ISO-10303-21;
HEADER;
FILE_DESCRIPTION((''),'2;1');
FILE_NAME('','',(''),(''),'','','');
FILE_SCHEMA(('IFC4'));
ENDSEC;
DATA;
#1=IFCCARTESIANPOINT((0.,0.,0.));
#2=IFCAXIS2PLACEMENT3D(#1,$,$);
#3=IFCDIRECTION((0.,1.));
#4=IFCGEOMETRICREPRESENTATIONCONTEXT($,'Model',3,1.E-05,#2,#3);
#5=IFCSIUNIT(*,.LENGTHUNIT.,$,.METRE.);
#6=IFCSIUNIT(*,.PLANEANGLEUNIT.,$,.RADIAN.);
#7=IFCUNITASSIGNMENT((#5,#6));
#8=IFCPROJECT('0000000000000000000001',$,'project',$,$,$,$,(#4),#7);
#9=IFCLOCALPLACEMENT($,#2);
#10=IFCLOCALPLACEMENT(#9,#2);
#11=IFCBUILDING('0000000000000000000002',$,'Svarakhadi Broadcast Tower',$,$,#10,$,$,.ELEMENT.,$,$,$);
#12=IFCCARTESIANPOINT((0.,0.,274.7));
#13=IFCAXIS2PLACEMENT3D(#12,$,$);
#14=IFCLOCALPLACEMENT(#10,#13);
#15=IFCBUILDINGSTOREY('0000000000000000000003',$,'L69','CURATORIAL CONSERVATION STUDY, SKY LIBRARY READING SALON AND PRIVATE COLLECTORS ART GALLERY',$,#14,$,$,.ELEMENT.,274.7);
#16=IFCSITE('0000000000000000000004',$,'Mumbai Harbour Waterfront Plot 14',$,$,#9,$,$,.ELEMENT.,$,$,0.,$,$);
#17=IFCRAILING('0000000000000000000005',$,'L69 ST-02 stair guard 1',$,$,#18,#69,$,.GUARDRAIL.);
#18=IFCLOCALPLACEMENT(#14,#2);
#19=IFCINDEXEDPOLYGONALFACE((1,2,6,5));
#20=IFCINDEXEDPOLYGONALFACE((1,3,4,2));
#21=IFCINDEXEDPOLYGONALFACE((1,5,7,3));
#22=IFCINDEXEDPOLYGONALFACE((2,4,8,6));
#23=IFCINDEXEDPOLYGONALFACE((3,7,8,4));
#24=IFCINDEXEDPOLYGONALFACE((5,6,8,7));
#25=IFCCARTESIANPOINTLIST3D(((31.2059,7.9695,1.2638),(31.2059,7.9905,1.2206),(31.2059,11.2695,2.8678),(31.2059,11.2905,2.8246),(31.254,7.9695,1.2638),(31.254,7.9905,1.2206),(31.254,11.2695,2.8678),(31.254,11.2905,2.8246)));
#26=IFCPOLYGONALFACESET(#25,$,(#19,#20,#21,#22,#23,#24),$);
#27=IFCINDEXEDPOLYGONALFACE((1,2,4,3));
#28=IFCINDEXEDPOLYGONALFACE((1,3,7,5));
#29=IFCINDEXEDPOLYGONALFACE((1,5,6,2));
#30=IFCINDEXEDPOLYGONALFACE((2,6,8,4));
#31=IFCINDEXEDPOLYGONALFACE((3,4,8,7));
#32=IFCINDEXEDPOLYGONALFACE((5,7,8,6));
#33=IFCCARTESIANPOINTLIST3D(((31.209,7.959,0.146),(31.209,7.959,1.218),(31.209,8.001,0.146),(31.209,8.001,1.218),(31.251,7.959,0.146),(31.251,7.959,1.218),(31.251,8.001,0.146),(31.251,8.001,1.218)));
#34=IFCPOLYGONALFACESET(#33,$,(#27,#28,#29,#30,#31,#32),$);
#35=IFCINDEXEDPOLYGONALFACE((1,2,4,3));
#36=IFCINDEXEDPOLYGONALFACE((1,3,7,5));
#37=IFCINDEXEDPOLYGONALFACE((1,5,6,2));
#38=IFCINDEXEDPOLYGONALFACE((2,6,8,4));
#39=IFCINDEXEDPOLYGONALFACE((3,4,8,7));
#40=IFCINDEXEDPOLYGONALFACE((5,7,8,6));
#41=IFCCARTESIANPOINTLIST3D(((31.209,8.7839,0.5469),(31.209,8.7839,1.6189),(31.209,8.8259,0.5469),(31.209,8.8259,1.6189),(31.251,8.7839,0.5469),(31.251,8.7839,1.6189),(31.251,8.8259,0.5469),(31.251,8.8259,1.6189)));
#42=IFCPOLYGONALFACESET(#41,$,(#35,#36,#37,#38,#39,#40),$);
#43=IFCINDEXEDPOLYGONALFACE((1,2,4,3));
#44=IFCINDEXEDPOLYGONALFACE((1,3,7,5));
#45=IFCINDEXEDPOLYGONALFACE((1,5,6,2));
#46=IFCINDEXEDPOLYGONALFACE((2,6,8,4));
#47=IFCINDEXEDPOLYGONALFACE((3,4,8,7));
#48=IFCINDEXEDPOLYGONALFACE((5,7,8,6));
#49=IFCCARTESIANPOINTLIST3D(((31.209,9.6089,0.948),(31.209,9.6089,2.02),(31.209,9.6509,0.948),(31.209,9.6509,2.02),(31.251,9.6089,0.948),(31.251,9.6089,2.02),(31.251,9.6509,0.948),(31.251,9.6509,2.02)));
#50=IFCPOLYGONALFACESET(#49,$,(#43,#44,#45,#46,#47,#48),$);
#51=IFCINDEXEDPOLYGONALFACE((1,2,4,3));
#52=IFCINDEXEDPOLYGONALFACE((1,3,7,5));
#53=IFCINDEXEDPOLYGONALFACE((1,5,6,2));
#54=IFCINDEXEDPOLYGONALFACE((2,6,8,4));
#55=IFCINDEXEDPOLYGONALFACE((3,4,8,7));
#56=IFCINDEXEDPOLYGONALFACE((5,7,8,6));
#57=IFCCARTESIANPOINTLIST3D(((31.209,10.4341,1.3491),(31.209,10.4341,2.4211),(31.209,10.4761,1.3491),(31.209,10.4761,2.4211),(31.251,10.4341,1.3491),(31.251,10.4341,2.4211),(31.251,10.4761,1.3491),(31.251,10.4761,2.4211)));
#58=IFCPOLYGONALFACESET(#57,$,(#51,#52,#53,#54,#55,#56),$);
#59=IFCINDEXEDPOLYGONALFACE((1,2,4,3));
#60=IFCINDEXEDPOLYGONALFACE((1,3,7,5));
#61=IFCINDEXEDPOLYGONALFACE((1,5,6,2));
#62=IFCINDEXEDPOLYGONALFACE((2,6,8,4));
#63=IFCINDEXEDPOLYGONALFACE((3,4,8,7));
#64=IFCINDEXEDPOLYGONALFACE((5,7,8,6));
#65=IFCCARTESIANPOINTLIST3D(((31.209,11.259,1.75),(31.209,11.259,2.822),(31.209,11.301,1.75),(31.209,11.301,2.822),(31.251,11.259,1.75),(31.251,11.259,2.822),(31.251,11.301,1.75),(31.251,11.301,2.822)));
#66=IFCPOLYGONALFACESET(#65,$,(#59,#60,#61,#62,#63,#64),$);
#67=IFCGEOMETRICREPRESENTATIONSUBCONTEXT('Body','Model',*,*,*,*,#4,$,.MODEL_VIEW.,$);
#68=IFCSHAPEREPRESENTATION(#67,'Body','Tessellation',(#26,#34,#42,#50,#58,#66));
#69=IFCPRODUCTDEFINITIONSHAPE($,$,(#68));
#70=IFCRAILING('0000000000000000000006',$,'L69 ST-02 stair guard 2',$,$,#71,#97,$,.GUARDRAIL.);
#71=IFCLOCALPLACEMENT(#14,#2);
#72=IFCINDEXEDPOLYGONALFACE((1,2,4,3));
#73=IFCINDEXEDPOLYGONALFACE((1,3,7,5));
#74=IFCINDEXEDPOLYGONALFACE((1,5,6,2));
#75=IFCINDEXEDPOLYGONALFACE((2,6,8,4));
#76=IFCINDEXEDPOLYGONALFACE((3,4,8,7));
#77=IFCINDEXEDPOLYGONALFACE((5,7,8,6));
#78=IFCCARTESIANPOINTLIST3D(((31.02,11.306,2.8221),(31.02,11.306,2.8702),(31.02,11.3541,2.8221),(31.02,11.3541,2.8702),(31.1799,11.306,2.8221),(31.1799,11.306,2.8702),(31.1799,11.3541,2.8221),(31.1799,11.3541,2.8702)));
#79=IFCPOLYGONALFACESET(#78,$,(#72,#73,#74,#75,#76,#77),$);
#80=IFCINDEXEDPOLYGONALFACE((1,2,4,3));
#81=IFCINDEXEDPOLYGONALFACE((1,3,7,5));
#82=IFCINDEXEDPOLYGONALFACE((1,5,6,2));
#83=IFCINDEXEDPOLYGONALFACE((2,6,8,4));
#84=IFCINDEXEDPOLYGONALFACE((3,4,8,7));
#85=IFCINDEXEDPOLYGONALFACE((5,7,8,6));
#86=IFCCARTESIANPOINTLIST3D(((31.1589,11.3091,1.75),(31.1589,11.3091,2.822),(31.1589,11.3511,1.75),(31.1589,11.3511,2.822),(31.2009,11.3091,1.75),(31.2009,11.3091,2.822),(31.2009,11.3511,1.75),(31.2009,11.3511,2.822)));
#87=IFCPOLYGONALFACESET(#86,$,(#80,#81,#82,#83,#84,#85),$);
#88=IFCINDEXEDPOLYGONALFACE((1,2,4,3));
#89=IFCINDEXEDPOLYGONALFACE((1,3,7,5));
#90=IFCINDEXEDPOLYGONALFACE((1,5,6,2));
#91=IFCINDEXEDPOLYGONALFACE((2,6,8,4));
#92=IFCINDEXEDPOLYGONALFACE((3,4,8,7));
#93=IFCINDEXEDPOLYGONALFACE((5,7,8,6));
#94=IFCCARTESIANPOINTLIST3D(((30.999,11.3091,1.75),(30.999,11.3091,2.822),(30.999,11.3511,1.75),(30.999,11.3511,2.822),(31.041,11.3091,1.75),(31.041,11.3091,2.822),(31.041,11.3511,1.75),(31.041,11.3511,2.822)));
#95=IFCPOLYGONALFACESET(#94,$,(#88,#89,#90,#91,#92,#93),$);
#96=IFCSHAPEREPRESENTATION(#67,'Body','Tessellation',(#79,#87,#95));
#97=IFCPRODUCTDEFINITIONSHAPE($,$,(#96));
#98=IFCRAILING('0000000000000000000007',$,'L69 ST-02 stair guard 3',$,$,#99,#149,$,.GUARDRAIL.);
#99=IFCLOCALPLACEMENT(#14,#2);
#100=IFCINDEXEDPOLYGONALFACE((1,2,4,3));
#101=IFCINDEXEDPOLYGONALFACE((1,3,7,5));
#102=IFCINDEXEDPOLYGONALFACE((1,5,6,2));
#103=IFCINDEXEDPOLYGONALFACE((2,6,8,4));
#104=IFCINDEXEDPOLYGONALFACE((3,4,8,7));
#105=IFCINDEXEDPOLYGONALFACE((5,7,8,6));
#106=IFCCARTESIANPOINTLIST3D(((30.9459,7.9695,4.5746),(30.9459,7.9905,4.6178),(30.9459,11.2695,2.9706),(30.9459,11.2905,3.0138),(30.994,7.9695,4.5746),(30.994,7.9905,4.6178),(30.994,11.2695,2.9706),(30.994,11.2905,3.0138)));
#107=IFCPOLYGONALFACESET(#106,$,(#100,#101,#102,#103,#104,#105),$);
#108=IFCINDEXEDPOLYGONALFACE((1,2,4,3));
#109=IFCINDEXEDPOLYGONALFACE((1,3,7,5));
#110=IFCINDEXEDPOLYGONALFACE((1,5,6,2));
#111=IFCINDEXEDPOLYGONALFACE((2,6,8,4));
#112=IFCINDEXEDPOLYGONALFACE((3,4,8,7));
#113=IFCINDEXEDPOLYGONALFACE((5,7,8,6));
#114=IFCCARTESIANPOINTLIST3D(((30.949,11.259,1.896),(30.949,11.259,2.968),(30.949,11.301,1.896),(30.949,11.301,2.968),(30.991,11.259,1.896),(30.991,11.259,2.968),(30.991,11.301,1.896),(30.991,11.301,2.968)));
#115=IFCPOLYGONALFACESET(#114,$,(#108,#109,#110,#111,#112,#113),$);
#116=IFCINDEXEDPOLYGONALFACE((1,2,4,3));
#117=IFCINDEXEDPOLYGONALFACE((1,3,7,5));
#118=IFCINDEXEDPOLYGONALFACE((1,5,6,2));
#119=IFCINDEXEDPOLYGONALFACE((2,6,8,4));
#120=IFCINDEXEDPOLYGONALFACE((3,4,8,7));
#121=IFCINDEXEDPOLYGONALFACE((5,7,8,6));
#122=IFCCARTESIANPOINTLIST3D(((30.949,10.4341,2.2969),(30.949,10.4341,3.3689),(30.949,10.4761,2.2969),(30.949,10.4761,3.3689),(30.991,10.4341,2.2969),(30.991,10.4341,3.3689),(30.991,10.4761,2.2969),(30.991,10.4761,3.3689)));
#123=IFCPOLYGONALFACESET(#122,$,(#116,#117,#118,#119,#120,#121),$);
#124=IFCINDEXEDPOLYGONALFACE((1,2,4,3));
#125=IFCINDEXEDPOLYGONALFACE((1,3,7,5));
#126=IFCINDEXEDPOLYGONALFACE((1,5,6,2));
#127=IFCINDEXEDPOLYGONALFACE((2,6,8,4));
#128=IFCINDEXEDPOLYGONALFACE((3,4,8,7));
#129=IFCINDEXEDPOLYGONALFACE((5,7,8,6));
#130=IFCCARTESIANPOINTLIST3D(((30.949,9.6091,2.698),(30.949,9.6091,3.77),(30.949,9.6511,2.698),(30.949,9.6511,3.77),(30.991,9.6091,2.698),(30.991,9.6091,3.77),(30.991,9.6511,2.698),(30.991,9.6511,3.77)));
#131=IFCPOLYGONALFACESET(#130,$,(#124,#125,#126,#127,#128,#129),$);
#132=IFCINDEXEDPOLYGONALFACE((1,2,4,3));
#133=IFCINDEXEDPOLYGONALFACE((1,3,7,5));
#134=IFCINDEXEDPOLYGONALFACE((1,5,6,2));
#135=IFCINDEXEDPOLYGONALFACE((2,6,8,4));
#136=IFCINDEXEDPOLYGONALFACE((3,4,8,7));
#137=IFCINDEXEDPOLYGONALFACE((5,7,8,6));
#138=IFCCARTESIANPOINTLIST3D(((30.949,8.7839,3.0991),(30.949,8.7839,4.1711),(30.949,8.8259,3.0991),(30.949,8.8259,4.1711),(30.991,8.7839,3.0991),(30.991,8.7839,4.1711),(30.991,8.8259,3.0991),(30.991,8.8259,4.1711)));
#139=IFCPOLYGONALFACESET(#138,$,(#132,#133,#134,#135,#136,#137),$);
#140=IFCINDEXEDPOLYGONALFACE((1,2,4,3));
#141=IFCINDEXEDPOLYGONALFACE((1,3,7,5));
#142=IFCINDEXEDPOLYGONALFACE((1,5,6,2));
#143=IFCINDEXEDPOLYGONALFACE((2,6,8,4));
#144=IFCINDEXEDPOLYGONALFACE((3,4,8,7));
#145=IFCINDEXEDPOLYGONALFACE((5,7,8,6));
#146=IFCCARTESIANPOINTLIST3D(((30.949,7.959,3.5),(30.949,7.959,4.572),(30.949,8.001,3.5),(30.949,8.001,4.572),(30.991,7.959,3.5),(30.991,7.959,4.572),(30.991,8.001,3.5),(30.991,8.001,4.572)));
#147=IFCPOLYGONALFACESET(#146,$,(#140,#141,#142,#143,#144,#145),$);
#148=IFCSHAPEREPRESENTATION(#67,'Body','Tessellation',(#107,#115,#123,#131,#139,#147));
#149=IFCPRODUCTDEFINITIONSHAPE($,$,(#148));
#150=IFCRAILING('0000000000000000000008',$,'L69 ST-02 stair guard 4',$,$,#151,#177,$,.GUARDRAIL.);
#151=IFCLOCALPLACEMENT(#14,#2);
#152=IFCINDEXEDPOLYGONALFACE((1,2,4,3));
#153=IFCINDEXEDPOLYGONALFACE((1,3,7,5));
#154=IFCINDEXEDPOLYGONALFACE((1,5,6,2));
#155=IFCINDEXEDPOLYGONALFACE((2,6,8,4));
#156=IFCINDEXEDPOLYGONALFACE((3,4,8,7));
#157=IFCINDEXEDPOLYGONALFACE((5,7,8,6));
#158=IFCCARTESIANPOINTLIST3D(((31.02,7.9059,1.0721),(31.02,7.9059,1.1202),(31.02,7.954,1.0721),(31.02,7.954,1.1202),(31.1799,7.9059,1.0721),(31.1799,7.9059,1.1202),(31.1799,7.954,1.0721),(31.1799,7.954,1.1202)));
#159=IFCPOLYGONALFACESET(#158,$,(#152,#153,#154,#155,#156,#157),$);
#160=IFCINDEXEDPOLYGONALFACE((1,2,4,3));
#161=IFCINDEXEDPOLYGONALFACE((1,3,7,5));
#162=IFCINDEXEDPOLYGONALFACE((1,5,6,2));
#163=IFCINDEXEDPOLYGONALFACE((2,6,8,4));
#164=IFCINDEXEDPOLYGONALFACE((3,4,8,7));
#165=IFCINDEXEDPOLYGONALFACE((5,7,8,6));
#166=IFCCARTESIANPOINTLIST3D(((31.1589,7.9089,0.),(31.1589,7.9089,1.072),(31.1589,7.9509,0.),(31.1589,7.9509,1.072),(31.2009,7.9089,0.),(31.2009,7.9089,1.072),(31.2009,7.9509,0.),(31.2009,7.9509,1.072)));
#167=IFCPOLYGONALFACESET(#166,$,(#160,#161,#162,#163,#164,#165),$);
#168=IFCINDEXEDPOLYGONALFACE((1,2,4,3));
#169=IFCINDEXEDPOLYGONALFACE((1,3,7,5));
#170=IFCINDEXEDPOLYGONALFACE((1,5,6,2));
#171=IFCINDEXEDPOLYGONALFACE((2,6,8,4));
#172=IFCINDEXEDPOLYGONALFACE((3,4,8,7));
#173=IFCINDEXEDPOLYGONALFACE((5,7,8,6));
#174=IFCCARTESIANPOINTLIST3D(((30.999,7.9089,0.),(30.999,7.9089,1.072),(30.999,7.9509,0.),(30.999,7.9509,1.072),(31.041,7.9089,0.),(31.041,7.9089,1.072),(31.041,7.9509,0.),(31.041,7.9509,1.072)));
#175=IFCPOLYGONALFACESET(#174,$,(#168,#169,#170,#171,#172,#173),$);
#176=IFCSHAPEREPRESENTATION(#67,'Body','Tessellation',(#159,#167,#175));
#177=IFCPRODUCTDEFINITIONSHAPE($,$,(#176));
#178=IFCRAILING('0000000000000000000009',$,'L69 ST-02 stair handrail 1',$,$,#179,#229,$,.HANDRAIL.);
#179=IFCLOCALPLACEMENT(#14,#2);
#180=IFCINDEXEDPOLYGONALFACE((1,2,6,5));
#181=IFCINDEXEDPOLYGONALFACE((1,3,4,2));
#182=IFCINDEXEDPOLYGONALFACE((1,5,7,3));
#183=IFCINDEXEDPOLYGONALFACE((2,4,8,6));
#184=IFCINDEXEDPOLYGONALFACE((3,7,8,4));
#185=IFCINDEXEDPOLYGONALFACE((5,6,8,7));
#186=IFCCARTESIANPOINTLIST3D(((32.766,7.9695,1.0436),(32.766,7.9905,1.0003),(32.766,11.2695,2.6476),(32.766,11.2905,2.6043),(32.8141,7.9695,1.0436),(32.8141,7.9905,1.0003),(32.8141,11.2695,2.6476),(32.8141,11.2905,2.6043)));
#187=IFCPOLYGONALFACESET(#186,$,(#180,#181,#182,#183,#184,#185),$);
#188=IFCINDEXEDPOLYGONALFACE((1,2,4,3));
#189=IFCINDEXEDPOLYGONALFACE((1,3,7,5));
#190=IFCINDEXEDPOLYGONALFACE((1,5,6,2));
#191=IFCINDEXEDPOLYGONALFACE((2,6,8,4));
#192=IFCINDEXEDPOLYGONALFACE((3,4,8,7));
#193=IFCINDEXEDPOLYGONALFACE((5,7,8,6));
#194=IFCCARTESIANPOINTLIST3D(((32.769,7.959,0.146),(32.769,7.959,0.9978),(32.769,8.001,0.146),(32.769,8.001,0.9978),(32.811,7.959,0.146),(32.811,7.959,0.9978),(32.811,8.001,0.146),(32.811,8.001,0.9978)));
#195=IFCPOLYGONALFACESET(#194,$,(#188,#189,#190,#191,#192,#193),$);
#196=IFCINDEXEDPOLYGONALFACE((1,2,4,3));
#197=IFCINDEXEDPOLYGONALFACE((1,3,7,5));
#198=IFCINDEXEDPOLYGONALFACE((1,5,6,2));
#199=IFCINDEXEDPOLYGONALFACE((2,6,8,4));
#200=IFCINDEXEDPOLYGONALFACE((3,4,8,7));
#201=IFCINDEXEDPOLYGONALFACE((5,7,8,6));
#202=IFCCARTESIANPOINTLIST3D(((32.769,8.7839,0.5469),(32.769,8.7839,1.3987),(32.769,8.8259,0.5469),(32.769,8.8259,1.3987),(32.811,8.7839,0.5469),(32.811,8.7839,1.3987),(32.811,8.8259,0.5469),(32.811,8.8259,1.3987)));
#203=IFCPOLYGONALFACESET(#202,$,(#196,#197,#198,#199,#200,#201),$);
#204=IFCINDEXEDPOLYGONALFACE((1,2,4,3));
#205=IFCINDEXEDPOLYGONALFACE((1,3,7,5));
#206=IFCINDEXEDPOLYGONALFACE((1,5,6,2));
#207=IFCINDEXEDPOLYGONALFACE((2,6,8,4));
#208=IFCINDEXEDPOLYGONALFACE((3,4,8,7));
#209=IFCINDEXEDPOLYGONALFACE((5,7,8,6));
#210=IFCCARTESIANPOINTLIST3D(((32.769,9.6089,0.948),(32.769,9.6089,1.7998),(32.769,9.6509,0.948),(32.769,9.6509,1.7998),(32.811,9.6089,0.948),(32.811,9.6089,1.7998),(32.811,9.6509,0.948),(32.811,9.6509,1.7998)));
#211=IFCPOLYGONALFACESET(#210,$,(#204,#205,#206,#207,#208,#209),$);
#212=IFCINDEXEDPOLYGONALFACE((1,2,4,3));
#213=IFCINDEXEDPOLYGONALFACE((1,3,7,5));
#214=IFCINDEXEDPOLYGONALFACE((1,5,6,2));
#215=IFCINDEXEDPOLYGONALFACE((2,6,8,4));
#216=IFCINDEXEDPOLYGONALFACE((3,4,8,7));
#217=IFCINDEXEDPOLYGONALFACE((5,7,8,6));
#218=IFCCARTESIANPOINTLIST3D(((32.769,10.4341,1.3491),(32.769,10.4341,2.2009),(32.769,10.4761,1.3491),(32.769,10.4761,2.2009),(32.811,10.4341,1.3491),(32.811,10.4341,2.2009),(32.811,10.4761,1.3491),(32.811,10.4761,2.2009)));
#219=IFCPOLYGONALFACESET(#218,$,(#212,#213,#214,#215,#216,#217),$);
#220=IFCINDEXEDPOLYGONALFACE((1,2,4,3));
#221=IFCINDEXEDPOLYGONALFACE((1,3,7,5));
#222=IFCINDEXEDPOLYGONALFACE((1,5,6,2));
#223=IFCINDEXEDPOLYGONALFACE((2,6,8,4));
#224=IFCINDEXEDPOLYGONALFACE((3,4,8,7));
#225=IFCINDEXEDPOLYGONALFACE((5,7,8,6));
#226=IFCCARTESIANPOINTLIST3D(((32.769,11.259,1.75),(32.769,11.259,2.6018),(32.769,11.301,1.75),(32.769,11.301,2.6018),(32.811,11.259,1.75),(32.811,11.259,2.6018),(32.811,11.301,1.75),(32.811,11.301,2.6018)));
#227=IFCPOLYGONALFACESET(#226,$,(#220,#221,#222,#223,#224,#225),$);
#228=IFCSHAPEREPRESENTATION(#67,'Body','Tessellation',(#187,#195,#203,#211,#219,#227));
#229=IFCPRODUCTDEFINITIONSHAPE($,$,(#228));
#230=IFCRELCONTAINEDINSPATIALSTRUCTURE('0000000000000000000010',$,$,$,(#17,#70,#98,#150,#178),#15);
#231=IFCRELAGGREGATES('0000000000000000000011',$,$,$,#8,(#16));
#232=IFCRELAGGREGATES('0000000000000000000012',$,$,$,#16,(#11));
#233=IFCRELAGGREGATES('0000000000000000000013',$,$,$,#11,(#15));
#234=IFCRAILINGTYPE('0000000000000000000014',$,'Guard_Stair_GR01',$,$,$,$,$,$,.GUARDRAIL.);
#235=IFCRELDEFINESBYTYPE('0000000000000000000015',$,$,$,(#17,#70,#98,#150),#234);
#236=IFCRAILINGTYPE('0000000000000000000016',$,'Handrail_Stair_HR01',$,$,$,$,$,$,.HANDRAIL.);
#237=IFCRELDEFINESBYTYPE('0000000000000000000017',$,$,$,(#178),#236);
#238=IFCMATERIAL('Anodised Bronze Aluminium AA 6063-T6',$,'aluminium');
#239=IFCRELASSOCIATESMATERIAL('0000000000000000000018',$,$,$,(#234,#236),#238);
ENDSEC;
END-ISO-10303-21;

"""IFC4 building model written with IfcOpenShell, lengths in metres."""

from ifc_helpers import new_model, si_unit, direction, frame, origin, origin_2d, place, context, subcontext, project, spatial, rectangle, extrude, material, type_object, element, save


model = new_model("IFC4")

# Units and contexts
model_context = context("Model", 3, precision=1e-05, world=origin(), true_north=direction((0.0, 1.0)))
body_context = subcontext(model_context, "Body", "Model", "MODEL_VIEW")
ifc_project = project(units=[si_unit("LENGTHUNIT", "METRE"), si_unit("PLANEANGLEUNIT", "RADIAN")], contexts=[model_context])

# Site, building, storey
site_placement = place(None, origin())
site = spatial("IfcSite", under=ifc_project, at=site_placement, Name="Mumbai Harbour Waterfront Plot 14", CompositionType="ELEMENT", RefElevation=0.0)
building_placement = place(site_placement, origin())
building = spatial("IfcBuilding", under=site, at=building_placement, Name="Svarakhadi Broadcast Tower", CompositionType="ELEMENT")
storey_placement = place(building_placement, frame((0.0, 0.0, 274.7)))
storey = spatial("IfcBuildingStorey", under=building, at=storey_placement, Name="L69", Description="CURATORIAL CONSERVATION STUDY, SKY LIBRARY READING SALON AND PRIVATE COLLECTORS ART GALLERY", CompositionType="ELEMENT", Elevation=274.7)

# Shared definitions
ifc_material_1 = material(Name="Anodised Bronze Aluminium AA 6063-T6", Category="aluminium")

# Railings
railing_type_1 = type_object("IfcRailingType", Name="Guard_Stair_GR01", PredefinedType="GUARDRAIL", material=ifc_material_1)
railing_1_placement = place(storey_placement, frame((31.23, 7.98, 0.146)))
element("IfcRailing", 1, at=railing_1_placement, inside=storey, type_object=railing_type_1, Name="L69 ST-02 stair guard 1", PredefinedType="GUARDRAIL", context=body_context, shape_type="SweptSolid", body=[
    extrude(rectangle(XDim=0.0481, YDim=0.0481, at=origin_2d()), frame((0.0, 0.0, 1.0962), z_axis=(0.0, 0.899388, 0.437152), x_axis=(-1.0, 0.0, 0.0)), (0.0, 0.0, 1.0), 3.6692),
    extrude(rectangle(XDim=0.042, YDim=0.042, at=origin_2d()), origin(), (0.0, 0.0, 1.0), 1.072),
    extrude(rectangle(XDim=0.042, YDim=0.042, at=origin_2d()), frame((0.0, 0.825, 0.4009)), (0.0, 0.0, 1.0), 1.072),
    extrude(rectangle(XDim=0.042, YDim=0.042, at=origin_2d()), frame((0.0, 1.6499, 0.802)), (0.0, 0.0, 1.0), 1.072),
    extrude(rectangle(XDim=0.042, YDim=0.042, at=origin_2d()), frame((0.0, 2.4751, 1.2031)), (0.0, 0.0, 1.0), 1.072),
    extrude(rectangle(XDim=0.042, YDim=0.042, at=origin_2d()), frame((0.0, 3.3, 1.604)), (0.0, 0.0, 1.0), 1.072),
])
railing_2_placement = place(storey_placement, frame((31.1799, 11.3301, 1.75)))
element("IfcRailing", 2, at=railing_2_placement, inside=storey, type_object=railing_type_1, Name="L69 ST-02 stair guard 2", PredefinedType="GUARDRAIL", context=body_context, shape_type="SweptSolid", body=[
    extrude(rectangle(XDim=0.0481, YDim=0.0481, at=origin_2d()), frame((0.0, 0.0, 1.0962), z_axis=(-1.0, 0.0, 0.0), x_axis=(0.0, -1.0, 0.0)), (0.0, 0.0, 1.0), 0.1599),
    extrude(rectangle(XDim=0.042, YDim=0.042, at=origin_2d()), origin(), (0.0, 0.0, 1.0), 1.072),
    extrude(rectangle(XDim=0.042, YDim=0.042, at=origin_2d()), frame((-0.1599, 0.0, 0.0)), (0.0, 0.0, 1.0), 1.072),
])
railing_3_placement = place(storey_placement, frame((30.97, 11.28, 1.896)))
element("IfcRailing", 3, at=railing_3_placement, inside=storey, type_object=railing_type_1, Name="L69 ST-02 stair guard 3", PredefinedType="GUARDRAIL", context=body_context, shape_type="SweptSolid", body=[
    extrude(rectangle(XDim=0.0481, YDim=0.0481, at=origin_2d()), frame((0.0, 0.0, 1.0962), z_axis=(0.0, -0.899388, 0.437152), x_axis=(1.0, 0.0, 0.0)), (0.0, 0.0, 1.0), 3.6692),
    extrude(rectangle(XDim=0.042, YDim=0.042, at=origin_2d()), origin(), (0.0, 0.0, 1.0), 1.072),
    extrude(rectangle(XDim=0.042, YDim=0.042, at=origin_2d()), frame((0.0, -0.825, 0.4009)), (0.0, 0.0, 1.0), 1.072),
    extrude(rectangle(XDim=0.042, YDim=0.042, at=origin_2d()), frame((0.0, -1.6499, 0.802)), (0.0, 0.0, 1.0), 1.072),
    extrude(rectangle(XDim=0.042, YDim=0.042, at=origin_2d()), frame((0.0, -2.4751, 1.2031)), (0.0, 0.0, 1.0), 1.072),
    extrude(rectangle(XDim=0.042, YDim=0.042, at=origin_2d()), frame((0.0, -3.3, 1.604)), (0.0, 0.0, 1.0), 1.072),
])
railing_4_placement = place(storey_placement, frame((31.1799, 7.9299, 0.0)))
element("IfcRailing", 4, at=railing_4_placement, inside=storey, type_object=railing_type_1, Name="L69 ST-02 stair guard 4", PredefinedType="GUARDRAIL", context=body_context, shape_type="SweptSolid", body=[
    extrude(rectangle(XDim=0.0481, YDim=0.0481, at=origin_2d()), frame((0.0, 0.0, 1.0962), z_axis=(-1.0, 0.0, 0.0), x_axis=(0.0, -1.0, 0.0)), (0.0, 0.0, 1.0), 0.1599),
    extrude(rectangle(XDim=0.042, YDim=0.042, at=origin_2d()), origin(), (0.0, 0.0, 1.0), 1.072),
    extrude(rectangle(XDim=0.042, YDim=0.042, at=origin_2d()), frame((-0.1599, 0.0, 0.0)), (0.0, 0.0, 1.0), 1.072),
])
railing_type_2 = type_object("IfcRailingType", Name="Handrail_Stair_HR01", PredefinedType="HANDRAIL", material=ifc_material_1)
railing_5_placement = place(storey_placement, frame((32.79, 7.98, 0.146)))
element("IfcRailing", 5, at=railing_5_placement, inside=storey, type_object=railing_type_2, Name="L69 ST-02 stair handrail 1", PredefinedType="HANDRAIL", context=body_context, shape_type="SweptSolid", body=[
    extrude(rectangle(XDim=0.0481, YDim=0.0481, at=origin_2d()), frame((0.0, 0.0, 0.876), z_axis=(0.0, 0.899388, 0.437152), x_axis=(-1.0, 0.0, 0.0)), (0.0, 0.0, 1.0), 3.6692),
    extrude(rectangle(XDim=0.042, YDim=0.042, at=origin_2d()), origin(), (0.0, 0.0, 1.0), 0.8518),
    extrude(rectangle(XDim=0.042, YDim=0.042, at=origin_2d()), frame((0.0, 0.825, 0.4009)), (0.0, 0.0, 1.0), 0.8518),
    extrude(rectangle(XDim=0.042, YDim=0.042, at=origin_2d()), frame((0.0, 1.6499, 0.802)), (0.0, 0.0, 1.0), 0.8518),
    extrude(rectangle(XDim=0.042, YDim=0.042, at=origin_2d()), frame((0.0, 2.4751, 1.2031)), (0.0, 0.0, 1.0), 0.8518),
    extrude(rectangle(XDim=0.042, YDim=0.042, at=origin_2d()), frame((0.0, 3.3, 1.604)), (0.0, 0.0, 1.0), 0.8518),
])

save(model, "model.ifc")
